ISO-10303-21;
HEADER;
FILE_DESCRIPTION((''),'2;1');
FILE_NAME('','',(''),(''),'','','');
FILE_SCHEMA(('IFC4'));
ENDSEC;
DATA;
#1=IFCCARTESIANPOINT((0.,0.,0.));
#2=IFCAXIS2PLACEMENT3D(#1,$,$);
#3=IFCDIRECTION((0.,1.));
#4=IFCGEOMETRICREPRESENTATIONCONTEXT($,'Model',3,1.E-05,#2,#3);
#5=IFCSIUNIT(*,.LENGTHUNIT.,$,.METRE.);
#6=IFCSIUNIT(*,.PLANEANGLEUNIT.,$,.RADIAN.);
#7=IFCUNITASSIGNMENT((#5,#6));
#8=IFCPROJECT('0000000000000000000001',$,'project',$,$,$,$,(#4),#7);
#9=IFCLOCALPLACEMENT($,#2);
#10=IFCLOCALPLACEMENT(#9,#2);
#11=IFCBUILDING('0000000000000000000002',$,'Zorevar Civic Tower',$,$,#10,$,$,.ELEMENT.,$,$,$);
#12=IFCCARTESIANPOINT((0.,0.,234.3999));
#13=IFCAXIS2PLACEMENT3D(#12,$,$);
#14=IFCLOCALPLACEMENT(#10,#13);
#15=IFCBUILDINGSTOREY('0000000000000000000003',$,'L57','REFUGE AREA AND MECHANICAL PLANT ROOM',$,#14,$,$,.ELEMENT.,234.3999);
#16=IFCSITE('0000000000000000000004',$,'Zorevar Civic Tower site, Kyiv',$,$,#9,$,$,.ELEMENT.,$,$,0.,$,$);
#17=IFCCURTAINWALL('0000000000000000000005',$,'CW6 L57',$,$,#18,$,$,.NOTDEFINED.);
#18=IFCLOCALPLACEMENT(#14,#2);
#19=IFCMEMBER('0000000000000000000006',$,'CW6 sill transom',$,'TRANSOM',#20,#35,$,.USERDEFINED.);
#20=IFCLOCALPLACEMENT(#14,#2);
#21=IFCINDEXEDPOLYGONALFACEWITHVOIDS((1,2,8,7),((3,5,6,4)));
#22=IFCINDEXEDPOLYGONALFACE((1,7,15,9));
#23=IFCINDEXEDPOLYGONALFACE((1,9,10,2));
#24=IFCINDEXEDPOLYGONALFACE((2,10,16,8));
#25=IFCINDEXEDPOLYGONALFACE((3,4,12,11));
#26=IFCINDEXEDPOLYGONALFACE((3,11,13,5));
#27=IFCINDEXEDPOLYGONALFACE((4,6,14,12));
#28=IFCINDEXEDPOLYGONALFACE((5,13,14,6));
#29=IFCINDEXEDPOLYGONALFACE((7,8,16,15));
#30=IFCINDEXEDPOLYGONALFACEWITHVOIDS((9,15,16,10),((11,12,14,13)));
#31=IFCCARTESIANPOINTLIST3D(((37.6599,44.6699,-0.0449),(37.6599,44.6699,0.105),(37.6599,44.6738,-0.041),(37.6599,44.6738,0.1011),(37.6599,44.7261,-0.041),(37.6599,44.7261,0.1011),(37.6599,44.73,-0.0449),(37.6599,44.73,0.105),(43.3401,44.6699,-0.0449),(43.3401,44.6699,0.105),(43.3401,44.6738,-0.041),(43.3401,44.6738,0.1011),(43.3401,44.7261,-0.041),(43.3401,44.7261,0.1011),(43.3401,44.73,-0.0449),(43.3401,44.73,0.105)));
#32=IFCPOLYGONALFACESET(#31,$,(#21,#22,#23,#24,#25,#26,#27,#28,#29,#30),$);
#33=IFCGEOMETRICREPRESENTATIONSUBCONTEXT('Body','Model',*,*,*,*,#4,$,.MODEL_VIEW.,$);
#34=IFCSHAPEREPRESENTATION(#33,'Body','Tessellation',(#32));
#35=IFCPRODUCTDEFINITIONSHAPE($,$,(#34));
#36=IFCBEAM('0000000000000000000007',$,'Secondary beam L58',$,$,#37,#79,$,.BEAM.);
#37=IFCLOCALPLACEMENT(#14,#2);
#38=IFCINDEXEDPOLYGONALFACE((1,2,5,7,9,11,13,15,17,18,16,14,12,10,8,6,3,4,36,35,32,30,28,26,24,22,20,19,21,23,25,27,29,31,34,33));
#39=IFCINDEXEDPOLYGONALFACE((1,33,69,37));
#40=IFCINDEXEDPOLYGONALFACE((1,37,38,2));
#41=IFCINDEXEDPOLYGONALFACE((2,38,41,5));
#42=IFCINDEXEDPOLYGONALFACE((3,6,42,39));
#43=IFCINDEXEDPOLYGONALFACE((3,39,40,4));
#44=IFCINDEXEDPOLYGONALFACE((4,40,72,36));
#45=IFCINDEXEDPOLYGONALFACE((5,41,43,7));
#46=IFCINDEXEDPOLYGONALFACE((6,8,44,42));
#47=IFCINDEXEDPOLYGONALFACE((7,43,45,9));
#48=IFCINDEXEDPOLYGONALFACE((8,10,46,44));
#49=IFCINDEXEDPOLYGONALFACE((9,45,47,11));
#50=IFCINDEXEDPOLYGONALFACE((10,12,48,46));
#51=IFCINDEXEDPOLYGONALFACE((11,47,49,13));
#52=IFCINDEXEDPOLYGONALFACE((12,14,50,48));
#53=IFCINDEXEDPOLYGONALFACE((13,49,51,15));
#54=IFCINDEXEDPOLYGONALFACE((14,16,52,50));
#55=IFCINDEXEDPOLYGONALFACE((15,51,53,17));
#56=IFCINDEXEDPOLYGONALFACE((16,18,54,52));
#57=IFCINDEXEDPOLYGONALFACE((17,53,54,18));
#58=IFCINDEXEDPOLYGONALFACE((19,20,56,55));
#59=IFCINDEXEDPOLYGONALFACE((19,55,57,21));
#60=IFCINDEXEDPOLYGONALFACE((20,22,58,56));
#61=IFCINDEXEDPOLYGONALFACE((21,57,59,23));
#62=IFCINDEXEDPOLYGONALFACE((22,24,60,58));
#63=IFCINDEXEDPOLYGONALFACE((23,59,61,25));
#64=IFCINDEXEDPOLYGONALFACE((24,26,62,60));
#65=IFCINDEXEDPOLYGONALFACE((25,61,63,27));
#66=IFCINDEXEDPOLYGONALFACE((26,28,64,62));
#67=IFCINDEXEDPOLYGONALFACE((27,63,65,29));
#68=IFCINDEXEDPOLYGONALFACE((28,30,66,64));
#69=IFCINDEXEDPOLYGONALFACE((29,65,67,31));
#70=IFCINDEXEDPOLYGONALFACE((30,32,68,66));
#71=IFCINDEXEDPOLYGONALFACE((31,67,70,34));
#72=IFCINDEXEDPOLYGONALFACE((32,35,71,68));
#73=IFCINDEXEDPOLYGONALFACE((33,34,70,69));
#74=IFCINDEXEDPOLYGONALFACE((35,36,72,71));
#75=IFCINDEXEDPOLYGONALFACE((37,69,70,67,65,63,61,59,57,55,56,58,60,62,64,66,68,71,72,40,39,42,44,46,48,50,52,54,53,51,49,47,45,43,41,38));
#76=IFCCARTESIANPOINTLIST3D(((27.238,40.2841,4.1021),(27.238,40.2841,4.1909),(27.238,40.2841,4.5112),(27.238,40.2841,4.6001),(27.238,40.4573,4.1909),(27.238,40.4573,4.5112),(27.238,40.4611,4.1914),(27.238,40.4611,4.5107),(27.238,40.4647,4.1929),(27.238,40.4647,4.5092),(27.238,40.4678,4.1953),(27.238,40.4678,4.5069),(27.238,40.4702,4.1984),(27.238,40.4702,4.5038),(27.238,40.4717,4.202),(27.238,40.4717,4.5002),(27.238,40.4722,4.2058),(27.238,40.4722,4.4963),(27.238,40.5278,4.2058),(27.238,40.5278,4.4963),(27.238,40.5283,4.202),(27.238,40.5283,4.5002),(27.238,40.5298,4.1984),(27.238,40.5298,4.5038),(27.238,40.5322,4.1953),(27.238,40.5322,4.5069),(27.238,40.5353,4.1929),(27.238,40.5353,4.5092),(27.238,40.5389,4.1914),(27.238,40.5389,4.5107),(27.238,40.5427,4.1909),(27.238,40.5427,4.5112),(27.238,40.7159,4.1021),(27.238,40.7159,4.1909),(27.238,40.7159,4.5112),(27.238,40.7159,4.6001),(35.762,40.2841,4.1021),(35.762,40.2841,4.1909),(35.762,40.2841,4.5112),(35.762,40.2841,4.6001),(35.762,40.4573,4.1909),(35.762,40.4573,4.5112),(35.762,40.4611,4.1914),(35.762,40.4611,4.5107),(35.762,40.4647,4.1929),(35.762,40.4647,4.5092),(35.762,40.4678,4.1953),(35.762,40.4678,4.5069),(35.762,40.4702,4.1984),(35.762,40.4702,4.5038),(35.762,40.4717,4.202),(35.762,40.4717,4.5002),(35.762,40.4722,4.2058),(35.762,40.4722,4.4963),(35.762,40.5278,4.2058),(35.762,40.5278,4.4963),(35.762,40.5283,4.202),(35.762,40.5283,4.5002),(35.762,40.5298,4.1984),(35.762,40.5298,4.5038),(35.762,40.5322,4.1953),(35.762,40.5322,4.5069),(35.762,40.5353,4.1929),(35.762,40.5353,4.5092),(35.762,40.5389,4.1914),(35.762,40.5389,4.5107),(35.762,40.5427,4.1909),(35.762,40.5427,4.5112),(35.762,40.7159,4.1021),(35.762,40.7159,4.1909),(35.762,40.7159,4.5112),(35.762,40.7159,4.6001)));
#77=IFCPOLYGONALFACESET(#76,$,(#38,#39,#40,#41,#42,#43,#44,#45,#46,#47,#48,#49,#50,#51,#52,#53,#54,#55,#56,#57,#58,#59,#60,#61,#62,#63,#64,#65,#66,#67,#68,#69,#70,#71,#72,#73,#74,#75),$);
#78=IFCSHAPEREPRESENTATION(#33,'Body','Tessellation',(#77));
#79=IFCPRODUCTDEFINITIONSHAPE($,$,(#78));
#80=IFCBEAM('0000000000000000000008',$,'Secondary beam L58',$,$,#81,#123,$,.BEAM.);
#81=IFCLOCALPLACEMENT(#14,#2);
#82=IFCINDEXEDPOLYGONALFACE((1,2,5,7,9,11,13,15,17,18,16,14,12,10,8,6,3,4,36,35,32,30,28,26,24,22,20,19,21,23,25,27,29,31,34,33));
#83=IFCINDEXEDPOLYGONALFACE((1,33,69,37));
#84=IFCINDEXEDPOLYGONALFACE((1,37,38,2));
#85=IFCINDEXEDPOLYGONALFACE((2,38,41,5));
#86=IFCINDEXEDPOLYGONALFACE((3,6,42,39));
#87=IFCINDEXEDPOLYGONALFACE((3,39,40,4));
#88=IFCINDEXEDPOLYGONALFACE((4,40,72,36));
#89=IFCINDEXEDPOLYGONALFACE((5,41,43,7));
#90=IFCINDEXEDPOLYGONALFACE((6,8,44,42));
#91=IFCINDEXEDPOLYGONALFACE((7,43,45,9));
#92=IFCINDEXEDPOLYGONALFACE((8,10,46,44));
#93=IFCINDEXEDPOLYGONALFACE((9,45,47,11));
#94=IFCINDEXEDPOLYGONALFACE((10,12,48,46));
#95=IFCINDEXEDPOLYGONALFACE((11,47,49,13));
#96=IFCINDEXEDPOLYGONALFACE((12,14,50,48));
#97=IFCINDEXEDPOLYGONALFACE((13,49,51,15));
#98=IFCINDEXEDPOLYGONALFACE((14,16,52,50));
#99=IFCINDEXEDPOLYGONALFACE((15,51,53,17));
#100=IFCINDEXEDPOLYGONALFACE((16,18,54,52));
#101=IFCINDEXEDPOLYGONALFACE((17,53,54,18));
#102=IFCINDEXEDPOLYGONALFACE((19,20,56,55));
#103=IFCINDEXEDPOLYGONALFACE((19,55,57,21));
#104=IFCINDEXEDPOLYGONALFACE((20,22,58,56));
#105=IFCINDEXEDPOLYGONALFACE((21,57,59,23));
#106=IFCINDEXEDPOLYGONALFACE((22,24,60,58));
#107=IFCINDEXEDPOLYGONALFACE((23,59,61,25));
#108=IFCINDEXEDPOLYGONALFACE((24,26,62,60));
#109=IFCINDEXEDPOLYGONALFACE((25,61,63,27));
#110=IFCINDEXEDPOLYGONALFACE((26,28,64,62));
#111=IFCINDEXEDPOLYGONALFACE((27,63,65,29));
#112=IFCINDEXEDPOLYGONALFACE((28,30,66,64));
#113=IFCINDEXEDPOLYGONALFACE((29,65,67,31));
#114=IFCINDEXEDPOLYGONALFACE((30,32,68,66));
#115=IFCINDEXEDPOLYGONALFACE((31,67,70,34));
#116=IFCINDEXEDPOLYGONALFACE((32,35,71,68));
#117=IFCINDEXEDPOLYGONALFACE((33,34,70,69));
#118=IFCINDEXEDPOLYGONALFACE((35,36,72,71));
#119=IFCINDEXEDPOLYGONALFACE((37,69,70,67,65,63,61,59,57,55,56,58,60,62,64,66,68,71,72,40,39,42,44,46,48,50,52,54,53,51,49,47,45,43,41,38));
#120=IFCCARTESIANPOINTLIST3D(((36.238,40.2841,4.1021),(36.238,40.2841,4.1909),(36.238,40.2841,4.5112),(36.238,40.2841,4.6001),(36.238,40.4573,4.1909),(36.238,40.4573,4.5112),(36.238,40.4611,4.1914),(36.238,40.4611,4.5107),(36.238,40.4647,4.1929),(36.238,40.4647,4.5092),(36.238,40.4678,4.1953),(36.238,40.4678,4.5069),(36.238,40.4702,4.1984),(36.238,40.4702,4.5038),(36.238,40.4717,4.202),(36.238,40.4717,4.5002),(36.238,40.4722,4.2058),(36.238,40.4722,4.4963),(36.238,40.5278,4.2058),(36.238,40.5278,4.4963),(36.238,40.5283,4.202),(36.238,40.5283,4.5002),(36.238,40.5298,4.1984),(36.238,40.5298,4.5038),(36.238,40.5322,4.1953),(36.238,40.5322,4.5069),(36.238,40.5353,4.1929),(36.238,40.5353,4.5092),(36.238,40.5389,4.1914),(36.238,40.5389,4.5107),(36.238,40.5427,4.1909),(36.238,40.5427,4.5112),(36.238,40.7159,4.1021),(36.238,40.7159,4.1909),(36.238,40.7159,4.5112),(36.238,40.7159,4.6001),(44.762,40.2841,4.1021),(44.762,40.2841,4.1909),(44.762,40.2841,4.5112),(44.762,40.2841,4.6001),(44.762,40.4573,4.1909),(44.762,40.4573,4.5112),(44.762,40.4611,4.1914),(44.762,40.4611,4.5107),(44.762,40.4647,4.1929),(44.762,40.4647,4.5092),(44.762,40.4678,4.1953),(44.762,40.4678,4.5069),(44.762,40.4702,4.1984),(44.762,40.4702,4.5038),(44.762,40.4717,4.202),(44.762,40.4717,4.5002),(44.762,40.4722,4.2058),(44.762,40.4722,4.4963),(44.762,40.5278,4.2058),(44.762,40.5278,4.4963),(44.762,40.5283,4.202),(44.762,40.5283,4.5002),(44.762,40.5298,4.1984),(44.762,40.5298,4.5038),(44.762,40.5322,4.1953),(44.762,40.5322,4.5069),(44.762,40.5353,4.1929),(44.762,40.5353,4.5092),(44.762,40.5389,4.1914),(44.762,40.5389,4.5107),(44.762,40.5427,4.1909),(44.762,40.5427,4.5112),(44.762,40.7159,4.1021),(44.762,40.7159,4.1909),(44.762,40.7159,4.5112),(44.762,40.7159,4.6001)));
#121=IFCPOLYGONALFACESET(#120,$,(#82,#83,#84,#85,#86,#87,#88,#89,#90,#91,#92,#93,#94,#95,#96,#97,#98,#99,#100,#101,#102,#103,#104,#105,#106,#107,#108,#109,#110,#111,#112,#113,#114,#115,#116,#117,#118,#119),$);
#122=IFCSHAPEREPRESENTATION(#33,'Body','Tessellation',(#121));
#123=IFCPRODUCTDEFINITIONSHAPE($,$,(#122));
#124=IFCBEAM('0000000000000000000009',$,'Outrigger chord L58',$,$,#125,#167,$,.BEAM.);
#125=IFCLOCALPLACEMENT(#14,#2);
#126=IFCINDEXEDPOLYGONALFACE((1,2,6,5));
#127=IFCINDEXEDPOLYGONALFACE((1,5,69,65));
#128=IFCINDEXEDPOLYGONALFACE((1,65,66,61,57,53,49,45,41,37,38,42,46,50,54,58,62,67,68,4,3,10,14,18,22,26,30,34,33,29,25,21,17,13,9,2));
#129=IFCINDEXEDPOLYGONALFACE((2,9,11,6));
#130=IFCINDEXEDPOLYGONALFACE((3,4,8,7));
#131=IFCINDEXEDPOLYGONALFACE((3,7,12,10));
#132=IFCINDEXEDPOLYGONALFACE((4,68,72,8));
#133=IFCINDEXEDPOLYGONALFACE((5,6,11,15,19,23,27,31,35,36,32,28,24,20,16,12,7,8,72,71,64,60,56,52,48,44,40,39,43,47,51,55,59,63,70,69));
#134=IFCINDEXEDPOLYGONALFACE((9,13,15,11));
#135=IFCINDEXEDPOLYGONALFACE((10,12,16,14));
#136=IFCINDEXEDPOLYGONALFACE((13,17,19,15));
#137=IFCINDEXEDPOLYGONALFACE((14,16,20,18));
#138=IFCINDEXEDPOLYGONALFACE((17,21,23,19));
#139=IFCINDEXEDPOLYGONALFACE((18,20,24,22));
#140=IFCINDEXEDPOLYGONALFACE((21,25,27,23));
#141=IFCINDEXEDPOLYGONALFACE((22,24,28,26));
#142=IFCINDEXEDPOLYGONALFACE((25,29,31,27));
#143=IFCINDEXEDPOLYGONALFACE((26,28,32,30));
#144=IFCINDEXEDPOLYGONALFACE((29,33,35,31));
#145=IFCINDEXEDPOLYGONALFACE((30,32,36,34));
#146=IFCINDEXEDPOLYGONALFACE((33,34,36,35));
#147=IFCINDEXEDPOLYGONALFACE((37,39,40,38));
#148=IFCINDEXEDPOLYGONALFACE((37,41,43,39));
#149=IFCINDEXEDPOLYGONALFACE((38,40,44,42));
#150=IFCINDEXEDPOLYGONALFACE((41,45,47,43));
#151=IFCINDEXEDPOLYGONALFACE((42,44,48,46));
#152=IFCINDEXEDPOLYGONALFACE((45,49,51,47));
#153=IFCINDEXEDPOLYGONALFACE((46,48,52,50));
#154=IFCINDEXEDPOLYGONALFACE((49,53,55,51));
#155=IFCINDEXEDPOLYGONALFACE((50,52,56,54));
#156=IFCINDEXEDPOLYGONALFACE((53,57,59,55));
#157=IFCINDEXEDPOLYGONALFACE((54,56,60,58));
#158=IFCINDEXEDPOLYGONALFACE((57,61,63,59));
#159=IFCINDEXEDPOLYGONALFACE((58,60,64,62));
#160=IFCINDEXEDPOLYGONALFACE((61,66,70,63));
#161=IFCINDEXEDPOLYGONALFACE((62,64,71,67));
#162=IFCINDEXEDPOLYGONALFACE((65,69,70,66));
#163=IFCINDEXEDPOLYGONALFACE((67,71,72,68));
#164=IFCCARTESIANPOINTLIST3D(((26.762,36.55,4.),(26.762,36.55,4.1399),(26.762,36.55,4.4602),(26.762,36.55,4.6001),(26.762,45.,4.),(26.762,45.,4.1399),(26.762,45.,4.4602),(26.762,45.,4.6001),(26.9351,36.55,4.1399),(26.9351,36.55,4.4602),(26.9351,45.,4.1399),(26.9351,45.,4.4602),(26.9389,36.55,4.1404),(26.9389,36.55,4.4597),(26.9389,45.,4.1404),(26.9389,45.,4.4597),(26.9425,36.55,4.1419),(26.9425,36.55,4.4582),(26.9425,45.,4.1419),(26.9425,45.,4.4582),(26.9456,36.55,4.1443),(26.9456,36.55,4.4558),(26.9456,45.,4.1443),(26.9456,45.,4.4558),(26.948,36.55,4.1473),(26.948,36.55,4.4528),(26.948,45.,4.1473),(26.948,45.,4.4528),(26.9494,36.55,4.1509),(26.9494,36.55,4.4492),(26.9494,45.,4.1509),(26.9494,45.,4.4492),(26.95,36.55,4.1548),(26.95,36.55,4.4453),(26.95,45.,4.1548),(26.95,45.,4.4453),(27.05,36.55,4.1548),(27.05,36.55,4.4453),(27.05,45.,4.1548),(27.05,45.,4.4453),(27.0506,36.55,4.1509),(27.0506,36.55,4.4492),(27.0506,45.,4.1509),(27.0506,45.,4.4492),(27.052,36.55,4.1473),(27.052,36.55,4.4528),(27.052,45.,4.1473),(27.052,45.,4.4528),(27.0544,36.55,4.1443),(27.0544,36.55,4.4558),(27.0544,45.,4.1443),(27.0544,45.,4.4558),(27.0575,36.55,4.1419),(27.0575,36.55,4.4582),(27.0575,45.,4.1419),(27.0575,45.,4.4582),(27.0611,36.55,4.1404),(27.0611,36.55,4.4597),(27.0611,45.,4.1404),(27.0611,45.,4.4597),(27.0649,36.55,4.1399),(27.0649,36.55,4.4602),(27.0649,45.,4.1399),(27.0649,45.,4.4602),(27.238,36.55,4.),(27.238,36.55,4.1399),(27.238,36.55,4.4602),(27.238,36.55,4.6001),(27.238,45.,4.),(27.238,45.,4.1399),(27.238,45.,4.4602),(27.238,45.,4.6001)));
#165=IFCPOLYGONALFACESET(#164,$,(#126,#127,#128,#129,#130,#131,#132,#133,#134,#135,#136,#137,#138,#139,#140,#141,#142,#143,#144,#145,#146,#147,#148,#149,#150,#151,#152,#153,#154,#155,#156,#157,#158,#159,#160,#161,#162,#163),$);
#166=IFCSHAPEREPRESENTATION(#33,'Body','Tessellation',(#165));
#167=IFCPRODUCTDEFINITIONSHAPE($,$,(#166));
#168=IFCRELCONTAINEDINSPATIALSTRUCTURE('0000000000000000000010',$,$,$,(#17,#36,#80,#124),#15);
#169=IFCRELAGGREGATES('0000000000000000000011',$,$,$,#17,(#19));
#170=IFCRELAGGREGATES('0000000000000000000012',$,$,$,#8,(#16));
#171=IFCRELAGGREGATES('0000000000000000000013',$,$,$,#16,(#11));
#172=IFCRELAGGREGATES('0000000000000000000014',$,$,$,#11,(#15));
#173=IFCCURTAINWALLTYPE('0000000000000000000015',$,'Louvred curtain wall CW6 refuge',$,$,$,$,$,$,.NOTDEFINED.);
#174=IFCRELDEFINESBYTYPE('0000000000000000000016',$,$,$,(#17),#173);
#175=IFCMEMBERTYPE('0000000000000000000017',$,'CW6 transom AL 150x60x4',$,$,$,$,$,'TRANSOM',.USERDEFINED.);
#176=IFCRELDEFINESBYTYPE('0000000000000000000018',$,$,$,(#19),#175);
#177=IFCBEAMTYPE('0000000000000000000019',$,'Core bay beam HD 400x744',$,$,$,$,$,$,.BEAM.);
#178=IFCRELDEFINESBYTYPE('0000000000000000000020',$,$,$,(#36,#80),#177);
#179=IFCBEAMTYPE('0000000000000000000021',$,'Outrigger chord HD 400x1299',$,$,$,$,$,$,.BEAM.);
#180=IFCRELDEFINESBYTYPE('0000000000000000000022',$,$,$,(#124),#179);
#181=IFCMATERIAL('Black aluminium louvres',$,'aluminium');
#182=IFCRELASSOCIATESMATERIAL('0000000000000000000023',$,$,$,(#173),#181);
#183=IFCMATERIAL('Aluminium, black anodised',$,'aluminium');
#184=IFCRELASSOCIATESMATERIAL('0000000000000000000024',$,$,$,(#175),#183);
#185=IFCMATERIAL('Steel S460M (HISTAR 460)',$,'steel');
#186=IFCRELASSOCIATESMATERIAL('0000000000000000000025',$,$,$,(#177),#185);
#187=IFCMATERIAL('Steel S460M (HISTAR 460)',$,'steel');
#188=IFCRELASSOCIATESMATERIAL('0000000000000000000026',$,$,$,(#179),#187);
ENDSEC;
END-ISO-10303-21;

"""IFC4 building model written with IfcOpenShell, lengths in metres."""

from ifc_helpers import new_model, si_unit, direction, frame, origin, origin_2d, place, context, subcontext, project, spatial, hollow_rectangle, i_section, extrude, material, material_profile, profile_set, type_object, element, aggregate, save


model = new_model("IFC4")

# Units and contexts
model_context = context("Model", 3, precision=1e-05, world=origin(), true_north=direction((0.0, 1.0)))
body_context = subcontext(model_context, "Body", "Model", "MODEL_VIEW")
ifc_project = project(units=[si_unit("LENGTHUNIT", "METRE"), si_unit("PLANEANGLEUNIT", "RADIAN")], contexts=[model_context])

# Site, building, storey
site_placement = place(None, origin())
site = spatial("IfcSite", under=ifc_project, at=site_placement, Name="Zorevar Civic Tower site, Kyiv", CompositionType="ELEMENT", RefElevation=0.0)
building_placement = place(site_placement, origin())
building = spatial("IfcBuilding", under=site, at=building_placement, Name="Zorevar Civic Tower", CompositionType="ELEMENT")
storey_placement = place(building_placement, frame((0.0, 0.0, 234.3999)))
storey = spatial("IfcBuildingStorey", under=building, at=storey_placement, Name="L57", Description="REFUGE AREA AND MECHANICAL PLANT ROOM", CompositionType="ELEMENT", Elevation=234.3999)

# Curtain wall, member
ifc_material_1 = material(Name="Black aluminium louvres", Category="aluminium")
curtain_wall_type = type_object("IfcCurtainWallType", Name="Louvred curtain wall CW6 refuge", PredefinedType="NOTDEFINED", material=ifc_material_1)
curtain_wall_placement = place(storey_placement, origin())
curtain_wall = element("IfcCurtainWall", 1, at=curtain_wall_placement, inside=storey, type_object=curtain_wall_type, Name="CW6 L57", PredefinedType="NOTDEFINED")
ifc_material_2 = material(Name="Aluminium, black anodised", Category="aluminium")
ifc_material_profile_1 = material_profile(ifc_material_2, hollow_rectangle(XDim=0.0601, YDim=0.1499, WallThickness=0.0039, at=origin_2d()), Name="AL 150x60x4")
ifc_profile_set_1 = profile_set([ifc_material_profile_1], Name="Aluminium, black anodised")
member_type_1 = type_object("IfcMemberType", Name="CW6 transom AL 150x60x4", ElementType="TRANSOM", PredefinedType="USERDEFINED", material=ifc_profile_set_1)
member_1_placement = place(storey_placement, frame((37.6599, 44.7, 0.03), z_axis=(1.0, 0.0, 0.0), x_axis=(0.0, 1.0, 0.0)))
member_1 = element("IfcMember", 2, at=member_1_placement, type_object=member_type_1, Name="CW6 sill transom", ObjectType="TRANSOM", PredefinedType="USERDEFINED", context=body_context, shape_type="SweptSolid", body=[
    extrude(hollow_rectangle(XDim=0.0601, YDim=0.1499, WallThickness=0.0039, at=origin_2d()), origin(), (0.0, 0.0, 1.0), 5.6802),
])

# Beams
ifc_material_3 = material(Name="Steel S460M (HISTAR 460)", Category="steel")
ifc_material_profile_2 = material_profile(ifc_material_3, i_section(OverallWidth=0.4319, OverallDepth=0.498, WebThickness=0.0557, FlangeThickness=0.0889, FilletRadius=0.0149, at=origin_2d()), Name="HD 400x744")
ifc_profile_set_2 = profile_set([ifc_material_profile_2], Name="Steel S460M (HISTAR 460)")
beam_type_1 = type_object("IfcBeamType", Name="Core bay beam HD 400x744", PredefinedType="BEAM", material=ifc_profile_set_2)
for number, where, z_axis, x_axis, name in (
    (3, (27.238, 40.5, 4.3511), (1.0, 0.0, 0.0), (0.0, 1.0, 0.0), "Secondary beam L58"),
    (4, (36.238, 40.5, 4.3511), (1.0, 0.0, 0.0), (0.0, 1.0, 0.0), "Secondary beam L58"),
):
    element("IfcBeam", number, at=place(storey_placement, frame(where, z_axis=z_axis, x_axis=x_axis)), inside=storey, type_object=beam_type_1, Name=name, PredefinedType="BEAM", context=body_context, shape_type="SweptSolid", body=[
        extrude(i_section(OverallWidth=0.4319, OverallDepth=0.498, WebThickness=0.0557, FlangeThickness=0.0889, FilletRadius=0.0149, at=origin_2d()), origin(), (0.0, 0.0, 1.0), 8.5239),
    ])
ifc_material_4 = material(Name="Steel S460M (HISTAR 460)", Category="steel")
ifc_material_profile_3 = material_profile(ifc_material_4, i_section(OverallWidth=0.4761, OverallDepth=0.6001, WebThickness=0.1001, FlangeThickness=0.1399, FilletRadius=0.0149, at=origin_2d()), Name="HD 400x1299")
ifc_profile_set_3 = profile_set([ifc_material_profile_3], Name="Steel S460M (HISTAR 460)")
beam_type_2 = type_object("IfcBeamType", Name="Outrigger chord HD 400x1299", PredefinedType="BEAM", material=ifc_profile_set_3)
for number, where, z_axis, x_axis, name in (
    (5, (27.0, 36.55, 4.3), (0.0, 1.0, 0.0), (-1.0, 0.0, 0.0), "Outrigger chord L58"),
):
    element("IfcBeam", number, at=place(storey_placement, frame(where, z_axis=z_axis, x_axis=x_axis)), inside=storey, type_object=beam_type_2, Name=name, PredefinedType="BEAM", context=body_context, shape_type="SweptSolid", body=[
        extrude(i_section(OverallWidth=0.4761, OverallDepth=0.6001, WebThickness=0.1001, FlangeThickness=0.1399, FilletRadius=0.0149, at=origin_2d()), origin(), (0.0, 0.0, 1.0), 8.45),
    ])

aggregate(curtain_wall, [member_1])

save(model, "model.ifc")
